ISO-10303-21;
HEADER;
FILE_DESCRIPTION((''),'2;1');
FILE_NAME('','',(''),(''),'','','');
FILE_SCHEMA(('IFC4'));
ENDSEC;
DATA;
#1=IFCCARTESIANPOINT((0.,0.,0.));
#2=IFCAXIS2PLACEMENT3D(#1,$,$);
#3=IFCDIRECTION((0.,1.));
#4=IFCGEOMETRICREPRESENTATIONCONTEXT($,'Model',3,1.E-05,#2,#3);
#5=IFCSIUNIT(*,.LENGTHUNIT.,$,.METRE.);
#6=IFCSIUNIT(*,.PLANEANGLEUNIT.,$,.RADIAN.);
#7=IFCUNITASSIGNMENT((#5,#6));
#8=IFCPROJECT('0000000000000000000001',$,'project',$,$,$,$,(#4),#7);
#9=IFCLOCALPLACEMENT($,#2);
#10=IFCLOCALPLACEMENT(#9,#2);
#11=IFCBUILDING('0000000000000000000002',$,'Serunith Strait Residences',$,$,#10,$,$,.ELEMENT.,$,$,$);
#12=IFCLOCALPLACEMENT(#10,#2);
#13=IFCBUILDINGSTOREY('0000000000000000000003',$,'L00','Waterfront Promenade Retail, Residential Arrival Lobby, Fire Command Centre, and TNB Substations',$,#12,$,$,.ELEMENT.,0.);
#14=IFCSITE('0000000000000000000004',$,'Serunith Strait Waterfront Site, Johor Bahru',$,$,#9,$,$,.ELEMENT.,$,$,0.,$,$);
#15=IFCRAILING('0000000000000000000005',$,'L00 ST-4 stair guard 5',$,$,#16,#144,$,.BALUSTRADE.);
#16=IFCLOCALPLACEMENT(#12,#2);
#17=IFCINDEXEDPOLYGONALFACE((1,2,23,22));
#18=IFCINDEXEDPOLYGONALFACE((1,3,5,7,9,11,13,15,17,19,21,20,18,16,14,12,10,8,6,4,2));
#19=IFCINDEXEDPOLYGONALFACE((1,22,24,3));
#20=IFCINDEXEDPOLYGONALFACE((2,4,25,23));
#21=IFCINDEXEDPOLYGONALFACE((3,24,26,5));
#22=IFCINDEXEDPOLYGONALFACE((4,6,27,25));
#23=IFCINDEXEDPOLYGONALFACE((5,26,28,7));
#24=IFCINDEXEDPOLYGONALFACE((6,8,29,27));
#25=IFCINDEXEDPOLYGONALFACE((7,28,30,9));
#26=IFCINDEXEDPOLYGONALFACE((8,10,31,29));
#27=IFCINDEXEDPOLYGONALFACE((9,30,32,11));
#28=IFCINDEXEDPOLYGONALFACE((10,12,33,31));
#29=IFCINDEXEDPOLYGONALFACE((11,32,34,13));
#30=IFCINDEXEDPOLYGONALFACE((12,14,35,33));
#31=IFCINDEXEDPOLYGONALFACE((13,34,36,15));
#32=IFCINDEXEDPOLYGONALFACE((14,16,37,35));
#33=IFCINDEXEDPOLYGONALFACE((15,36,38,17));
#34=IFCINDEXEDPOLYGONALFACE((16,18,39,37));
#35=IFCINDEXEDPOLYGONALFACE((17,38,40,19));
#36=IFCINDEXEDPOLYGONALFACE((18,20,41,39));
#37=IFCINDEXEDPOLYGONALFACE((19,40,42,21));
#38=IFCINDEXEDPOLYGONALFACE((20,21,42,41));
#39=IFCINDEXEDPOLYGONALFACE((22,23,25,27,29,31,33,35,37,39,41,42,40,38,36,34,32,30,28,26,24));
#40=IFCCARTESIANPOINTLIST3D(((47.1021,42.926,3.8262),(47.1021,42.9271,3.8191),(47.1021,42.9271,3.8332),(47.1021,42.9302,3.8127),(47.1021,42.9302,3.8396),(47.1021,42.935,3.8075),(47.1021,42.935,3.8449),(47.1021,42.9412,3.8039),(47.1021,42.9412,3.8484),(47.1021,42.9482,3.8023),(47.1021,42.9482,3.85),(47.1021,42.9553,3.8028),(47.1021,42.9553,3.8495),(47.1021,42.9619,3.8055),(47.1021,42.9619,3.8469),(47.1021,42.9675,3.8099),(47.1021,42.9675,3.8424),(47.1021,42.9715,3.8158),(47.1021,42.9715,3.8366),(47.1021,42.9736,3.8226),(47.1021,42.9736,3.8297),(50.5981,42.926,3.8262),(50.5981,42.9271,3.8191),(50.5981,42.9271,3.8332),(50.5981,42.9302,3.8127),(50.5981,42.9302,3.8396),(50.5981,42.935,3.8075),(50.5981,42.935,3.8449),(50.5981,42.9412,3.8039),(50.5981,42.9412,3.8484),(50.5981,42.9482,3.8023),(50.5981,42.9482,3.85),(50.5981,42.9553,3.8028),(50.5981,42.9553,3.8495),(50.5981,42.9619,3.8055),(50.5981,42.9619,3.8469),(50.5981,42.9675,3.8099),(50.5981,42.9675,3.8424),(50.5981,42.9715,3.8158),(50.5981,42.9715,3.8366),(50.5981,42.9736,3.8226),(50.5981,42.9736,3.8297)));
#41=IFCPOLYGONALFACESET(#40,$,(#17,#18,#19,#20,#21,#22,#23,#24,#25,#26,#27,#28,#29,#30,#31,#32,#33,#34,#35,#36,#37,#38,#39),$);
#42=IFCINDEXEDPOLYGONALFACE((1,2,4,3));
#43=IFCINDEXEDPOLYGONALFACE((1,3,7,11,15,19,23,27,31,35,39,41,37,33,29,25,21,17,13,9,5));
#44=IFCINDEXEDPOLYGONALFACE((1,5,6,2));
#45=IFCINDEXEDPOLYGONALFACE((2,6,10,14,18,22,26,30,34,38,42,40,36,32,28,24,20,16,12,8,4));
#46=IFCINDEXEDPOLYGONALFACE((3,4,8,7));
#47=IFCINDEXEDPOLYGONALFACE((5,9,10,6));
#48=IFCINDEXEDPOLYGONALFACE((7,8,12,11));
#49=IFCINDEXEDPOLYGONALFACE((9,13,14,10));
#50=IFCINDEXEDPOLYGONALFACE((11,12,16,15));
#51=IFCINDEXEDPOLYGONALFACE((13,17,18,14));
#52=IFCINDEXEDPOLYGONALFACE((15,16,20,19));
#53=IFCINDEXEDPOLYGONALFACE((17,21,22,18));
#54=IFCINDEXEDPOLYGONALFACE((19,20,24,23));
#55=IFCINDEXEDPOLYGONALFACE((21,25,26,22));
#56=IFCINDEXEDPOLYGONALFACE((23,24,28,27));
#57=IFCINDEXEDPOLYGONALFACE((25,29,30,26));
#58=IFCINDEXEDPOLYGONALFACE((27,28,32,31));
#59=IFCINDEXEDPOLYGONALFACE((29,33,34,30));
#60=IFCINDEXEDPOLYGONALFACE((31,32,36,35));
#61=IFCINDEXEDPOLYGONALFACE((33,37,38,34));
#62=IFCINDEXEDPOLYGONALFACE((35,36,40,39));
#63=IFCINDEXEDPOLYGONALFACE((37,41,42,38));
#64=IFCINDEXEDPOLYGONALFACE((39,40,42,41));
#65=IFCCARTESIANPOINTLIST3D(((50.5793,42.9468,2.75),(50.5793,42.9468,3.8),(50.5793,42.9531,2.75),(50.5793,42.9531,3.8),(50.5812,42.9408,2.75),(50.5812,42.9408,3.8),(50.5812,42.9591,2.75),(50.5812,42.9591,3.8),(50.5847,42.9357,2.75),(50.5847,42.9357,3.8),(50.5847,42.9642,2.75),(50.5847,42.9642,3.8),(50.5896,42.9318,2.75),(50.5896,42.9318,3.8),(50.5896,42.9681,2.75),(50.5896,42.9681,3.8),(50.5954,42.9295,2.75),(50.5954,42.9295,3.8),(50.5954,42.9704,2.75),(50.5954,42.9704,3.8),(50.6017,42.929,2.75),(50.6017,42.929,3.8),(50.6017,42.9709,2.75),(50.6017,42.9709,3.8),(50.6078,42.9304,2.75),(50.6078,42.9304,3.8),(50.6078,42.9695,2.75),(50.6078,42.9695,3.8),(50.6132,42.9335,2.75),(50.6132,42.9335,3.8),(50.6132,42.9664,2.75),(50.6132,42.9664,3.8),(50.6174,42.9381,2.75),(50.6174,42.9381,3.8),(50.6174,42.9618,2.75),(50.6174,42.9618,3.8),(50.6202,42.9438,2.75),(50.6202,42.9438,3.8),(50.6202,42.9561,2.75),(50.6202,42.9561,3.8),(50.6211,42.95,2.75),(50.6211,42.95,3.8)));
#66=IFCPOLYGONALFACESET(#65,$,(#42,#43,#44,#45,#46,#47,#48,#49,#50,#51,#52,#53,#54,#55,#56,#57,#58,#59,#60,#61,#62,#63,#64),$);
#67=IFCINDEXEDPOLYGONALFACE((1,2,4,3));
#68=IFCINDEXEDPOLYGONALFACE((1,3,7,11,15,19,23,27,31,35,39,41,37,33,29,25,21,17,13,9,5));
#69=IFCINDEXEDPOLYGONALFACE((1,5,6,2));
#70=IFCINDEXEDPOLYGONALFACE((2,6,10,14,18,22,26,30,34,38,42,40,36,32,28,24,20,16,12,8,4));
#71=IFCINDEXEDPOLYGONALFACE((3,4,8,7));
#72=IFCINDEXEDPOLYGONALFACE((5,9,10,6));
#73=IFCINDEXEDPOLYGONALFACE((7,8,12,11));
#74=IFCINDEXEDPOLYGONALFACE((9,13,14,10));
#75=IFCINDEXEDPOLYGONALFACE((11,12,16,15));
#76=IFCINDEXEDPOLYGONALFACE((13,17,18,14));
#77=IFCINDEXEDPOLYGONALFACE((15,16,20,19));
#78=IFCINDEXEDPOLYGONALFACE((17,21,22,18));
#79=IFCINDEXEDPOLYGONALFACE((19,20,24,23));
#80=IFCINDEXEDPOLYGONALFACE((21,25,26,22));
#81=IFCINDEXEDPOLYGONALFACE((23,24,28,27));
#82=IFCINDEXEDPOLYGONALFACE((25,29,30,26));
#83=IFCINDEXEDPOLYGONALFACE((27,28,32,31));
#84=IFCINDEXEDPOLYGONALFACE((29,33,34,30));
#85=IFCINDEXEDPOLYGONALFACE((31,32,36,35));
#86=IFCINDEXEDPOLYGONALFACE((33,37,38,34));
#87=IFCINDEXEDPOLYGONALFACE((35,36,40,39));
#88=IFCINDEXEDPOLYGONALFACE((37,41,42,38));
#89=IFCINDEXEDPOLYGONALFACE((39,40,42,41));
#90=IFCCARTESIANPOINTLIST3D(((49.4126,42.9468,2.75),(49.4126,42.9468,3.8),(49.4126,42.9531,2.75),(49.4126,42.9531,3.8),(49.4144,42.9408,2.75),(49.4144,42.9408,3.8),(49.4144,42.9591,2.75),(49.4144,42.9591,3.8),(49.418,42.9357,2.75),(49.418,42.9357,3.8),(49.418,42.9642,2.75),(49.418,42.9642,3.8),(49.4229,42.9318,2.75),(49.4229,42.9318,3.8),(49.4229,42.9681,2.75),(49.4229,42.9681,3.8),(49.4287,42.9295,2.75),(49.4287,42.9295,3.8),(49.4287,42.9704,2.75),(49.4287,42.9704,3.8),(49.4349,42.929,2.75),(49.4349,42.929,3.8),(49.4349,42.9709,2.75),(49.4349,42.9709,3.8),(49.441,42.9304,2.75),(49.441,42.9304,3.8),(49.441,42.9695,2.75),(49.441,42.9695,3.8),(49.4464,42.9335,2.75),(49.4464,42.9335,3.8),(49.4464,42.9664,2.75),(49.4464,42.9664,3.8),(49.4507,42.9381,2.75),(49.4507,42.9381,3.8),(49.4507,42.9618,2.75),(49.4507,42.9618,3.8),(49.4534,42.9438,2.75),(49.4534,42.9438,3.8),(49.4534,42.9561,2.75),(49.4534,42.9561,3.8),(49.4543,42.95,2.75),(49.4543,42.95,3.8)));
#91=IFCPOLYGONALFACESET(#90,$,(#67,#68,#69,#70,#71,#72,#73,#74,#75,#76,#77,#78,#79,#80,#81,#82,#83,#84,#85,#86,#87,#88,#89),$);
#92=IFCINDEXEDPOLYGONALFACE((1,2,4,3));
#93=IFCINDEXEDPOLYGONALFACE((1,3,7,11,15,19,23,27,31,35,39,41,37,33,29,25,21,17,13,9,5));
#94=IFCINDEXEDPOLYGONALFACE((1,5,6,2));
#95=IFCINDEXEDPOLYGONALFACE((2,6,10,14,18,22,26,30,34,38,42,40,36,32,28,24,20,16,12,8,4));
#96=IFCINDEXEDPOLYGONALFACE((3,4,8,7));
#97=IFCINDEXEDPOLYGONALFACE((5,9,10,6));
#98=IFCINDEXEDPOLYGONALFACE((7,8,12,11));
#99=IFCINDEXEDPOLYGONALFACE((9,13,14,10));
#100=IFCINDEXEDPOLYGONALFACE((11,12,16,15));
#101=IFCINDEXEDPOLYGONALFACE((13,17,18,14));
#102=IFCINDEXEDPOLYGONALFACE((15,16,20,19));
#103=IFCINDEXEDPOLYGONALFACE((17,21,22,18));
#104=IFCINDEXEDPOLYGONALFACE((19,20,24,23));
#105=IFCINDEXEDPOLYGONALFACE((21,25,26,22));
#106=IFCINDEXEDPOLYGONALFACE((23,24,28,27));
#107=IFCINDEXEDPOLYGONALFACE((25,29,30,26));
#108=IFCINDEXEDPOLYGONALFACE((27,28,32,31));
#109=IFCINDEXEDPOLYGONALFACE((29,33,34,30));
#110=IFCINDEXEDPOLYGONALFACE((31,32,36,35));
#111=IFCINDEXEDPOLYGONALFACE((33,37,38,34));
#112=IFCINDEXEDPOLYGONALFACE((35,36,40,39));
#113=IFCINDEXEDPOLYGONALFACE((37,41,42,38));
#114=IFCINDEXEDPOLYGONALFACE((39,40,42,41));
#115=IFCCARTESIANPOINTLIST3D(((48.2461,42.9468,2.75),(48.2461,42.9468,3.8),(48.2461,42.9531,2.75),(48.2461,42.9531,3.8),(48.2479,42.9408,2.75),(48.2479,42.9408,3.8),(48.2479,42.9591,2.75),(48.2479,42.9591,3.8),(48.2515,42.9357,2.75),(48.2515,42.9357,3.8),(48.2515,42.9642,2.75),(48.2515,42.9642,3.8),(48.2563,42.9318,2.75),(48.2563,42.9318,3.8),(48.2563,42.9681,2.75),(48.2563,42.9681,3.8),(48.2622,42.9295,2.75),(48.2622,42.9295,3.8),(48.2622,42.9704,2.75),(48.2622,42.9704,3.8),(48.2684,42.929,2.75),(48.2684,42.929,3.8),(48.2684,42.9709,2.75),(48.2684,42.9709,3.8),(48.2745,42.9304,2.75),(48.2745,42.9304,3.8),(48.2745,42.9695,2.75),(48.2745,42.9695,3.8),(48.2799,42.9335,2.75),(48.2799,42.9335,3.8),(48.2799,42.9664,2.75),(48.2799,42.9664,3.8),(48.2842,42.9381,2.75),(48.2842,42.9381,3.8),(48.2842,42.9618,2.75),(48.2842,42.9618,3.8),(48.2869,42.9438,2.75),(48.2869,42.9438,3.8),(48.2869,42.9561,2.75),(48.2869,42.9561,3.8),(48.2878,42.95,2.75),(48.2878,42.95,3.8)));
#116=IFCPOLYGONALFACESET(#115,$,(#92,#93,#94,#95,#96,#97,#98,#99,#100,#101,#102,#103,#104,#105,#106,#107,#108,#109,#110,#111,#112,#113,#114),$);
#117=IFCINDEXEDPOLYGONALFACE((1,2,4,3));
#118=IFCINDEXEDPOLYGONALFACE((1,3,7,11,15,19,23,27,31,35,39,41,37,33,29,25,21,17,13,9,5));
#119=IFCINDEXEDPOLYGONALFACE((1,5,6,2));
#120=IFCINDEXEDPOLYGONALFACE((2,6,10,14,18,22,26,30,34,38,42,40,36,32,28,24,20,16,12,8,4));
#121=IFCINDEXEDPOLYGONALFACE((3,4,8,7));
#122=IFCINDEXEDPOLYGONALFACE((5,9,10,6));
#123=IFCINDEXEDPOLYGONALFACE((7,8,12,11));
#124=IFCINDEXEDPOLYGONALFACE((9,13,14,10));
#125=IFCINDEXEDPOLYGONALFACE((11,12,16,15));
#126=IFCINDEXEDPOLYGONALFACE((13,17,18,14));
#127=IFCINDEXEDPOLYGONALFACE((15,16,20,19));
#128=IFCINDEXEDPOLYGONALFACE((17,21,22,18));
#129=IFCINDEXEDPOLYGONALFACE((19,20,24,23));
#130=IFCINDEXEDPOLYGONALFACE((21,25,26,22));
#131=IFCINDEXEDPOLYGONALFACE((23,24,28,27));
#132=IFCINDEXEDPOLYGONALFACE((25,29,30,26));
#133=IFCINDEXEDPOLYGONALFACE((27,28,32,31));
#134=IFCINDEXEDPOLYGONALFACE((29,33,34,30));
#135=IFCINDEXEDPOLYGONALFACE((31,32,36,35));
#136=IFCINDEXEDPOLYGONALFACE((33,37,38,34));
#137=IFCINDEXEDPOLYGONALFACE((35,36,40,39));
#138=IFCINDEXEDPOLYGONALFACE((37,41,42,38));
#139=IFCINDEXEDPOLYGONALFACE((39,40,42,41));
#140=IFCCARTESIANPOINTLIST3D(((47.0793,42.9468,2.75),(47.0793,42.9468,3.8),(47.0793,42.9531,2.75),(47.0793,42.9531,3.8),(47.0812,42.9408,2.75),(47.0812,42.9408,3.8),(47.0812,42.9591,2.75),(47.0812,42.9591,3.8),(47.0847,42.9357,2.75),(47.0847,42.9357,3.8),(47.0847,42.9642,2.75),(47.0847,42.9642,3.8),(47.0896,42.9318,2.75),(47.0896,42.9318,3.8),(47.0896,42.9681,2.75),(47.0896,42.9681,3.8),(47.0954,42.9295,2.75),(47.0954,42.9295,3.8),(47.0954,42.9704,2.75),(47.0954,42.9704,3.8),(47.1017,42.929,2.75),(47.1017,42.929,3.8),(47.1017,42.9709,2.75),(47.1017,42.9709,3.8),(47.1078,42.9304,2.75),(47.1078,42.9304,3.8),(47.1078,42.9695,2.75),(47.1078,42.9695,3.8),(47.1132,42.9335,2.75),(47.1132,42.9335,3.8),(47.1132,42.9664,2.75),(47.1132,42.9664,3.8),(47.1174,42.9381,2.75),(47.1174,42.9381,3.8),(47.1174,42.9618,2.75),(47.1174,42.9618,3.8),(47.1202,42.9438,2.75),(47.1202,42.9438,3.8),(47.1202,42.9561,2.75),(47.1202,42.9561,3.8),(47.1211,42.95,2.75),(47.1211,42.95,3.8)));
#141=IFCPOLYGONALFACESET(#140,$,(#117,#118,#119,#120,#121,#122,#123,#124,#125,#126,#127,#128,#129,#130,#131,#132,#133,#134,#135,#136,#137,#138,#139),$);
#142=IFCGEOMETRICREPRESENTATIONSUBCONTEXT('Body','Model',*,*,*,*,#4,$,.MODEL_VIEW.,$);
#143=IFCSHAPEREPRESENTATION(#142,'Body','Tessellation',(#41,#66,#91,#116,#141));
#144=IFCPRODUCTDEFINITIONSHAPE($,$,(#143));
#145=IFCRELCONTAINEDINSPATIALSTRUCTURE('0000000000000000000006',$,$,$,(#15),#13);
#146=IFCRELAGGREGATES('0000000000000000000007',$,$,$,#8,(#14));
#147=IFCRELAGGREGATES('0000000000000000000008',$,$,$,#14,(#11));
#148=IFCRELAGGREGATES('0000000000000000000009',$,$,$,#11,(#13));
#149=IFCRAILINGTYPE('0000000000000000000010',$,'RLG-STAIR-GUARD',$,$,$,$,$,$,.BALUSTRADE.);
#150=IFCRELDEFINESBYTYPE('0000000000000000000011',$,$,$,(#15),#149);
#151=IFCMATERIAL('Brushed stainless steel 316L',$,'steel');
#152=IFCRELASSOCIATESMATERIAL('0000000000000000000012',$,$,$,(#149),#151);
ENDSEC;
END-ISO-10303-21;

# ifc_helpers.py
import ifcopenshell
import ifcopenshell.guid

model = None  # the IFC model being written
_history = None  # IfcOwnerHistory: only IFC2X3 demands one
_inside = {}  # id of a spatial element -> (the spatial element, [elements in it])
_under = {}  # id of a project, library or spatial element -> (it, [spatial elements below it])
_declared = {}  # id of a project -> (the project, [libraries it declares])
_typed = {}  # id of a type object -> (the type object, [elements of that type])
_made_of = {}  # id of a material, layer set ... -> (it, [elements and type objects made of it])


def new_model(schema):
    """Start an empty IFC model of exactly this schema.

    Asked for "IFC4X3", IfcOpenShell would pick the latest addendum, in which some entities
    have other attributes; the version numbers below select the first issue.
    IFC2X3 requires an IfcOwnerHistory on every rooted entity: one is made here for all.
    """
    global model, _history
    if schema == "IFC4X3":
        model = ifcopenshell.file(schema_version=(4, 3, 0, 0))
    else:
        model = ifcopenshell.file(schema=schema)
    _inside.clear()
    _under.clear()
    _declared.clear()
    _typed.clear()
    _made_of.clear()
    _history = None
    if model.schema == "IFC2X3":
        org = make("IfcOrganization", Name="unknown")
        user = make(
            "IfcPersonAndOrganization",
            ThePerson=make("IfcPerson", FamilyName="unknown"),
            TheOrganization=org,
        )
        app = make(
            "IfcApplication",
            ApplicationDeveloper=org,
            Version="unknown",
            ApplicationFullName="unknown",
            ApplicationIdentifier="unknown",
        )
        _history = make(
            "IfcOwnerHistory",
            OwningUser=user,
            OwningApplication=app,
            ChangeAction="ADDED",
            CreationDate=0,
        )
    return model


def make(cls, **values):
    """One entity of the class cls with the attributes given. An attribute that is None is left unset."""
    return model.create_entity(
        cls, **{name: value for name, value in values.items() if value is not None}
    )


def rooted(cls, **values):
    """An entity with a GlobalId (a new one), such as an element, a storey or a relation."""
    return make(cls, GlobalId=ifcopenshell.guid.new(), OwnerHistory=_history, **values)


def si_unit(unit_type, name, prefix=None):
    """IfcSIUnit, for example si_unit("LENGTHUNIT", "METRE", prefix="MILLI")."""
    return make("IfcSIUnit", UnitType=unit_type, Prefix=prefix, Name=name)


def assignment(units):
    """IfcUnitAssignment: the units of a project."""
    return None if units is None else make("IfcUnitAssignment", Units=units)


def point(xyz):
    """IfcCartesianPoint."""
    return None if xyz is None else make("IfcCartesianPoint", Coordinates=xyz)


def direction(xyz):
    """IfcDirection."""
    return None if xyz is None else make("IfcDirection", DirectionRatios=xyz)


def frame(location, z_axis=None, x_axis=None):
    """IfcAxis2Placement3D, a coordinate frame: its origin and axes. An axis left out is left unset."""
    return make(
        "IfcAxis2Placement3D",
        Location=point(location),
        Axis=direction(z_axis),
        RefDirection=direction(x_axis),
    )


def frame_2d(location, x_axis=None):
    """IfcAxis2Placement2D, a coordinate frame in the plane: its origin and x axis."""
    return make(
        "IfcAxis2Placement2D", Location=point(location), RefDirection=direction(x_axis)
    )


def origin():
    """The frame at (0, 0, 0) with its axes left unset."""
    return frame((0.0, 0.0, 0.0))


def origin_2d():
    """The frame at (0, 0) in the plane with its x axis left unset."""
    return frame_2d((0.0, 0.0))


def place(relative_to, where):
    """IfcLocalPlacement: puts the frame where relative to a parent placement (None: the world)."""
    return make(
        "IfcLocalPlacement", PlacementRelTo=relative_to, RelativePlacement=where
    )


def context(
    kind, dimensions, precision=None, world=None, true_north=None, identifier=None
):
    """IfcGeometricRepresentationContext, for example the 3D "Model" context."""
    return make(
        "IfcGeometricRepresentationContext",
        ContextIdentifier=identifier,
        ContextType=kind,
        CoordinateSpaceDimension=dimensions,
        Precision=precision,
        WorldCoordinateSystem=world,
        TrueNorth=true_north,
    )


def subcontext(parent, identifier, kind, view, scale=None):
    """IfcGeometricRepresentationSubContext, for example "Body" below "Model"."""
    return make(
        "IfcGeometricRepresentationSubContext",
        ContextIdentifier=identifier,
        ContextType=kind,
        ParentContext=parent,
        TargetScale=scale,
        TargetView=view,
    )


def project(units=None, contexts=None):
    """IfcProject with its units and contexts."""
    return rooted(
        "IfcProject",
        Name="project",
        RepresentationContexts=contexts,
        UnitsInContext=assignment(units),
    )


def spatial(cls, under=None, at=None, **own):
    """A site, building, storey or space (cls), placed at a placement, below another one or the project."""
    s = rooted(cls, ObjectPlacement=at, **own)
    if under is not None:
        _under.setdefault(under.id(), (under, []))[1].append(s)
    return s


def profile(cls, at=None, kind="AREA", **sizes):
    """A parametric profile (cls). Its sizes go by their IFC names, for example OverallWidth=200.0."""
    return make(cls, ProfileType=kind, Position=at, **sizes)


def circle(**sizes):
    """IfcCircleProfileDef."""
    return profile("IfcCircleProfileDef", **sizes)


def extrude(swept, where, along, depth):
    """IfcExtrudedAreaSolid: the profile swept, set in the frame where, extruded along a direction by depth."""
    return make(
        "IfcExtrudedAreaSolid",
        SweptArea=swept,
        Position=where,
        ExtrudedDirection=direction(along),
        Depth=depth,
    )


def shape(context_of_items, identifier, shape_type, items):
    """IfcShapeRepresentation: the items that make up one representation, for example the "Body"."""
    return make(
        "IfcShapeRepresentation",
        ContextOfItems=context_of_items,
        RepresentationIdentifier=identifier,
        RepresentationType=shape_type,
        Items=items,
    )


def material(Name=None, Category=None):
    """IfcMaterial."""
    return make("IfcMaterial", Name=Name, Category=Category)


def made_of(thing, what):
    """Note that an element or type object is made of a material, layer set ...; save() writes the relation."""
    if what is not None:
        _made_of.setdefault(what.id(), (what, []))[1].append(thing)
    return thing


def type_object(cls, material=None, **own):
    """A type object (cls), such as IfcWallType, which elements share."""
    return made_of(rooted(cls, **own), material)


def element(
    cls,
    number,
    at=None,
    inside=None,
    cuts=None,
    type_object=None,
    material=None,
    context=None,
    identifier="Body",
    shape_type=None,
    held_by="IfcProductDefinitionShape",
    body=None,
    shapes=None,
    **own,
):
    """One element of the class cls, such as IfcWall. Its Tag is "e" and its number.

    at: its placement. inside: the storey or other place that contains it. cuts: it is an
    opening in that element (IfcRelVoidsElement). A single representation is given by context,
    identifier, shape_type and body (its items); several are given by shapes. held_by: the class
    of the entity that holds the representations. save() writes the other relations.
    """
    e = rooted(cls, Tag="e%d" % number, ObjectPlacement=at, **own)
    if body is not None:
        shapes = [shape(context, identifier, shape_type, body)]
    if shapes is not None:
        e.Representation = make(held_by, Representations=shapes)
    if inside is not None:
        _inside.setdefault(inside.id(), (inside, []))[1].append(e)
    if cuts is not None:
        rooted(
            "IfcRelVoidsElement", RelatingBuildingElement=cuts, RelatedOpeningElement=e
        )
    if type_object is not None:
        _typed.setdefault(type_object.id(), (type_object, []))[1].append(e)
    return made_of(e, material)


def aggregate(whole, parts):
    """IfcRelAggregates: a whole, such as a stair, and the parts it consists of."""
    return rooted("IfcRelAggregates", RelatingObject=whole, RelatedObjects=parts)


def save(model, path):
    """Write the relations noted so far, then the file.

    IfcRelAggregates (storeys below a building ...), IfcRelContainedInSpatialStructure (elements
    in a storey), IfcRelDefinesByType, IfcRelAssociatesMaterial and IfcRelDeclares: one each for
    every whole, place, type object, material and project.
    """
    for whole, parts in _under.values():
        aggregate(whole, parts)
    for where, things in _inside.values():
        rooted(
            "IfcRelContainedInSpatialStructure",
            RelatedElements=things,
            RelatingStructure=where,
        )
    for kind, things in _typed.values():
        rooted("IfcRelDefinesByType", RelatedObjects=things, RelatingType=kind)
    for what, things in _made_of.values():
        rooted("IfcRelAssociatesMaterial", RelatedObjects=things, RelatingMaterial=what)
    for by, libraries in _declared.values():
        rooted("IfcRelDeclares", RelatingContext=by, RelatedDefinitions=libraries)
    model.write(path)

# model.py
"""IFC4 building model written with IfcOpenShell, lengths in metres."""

from ifc_helpers import new_model, si_unit, direction, frame, origin, origin_2d, place, context, subcontext, project, spatial, circle, extrude, material, type_object, element, save


model = new_model("IFC4")

# Units and contexts
model_context = context("Model", 3, precision=1e-05, world=origin(), true_north=direction((0.0, 1.0)))
body_context = subcontext(model_context, "Body", "Model", "MODEL_VIEW")
ifc_project = project(units=[si_unit("LENGTHUNIT", "METRE"), si_unit("PLANEANGLEUNIT", "RADIAN")], contexts=[model_context])

# Site, building, storey
site_placement = place(None, origin())
site = spatial("IfcSite", under=ifc_project, at=site_placement, Name="Serunith Strait Waterfront Site, Johor Bahru", CompositionType="ELEMENT", RefElevation=0.0)
building_placement = place(site_placement, origin())
building = spatial("IfcBuilding", under=site, at=building_placement, Name="Serunith Strait Residences", CompositionType="ELEMENT")
storey_placement = place(building_placement, origin())
storey = spatial("IfcBuildingStorey", under=building, at=storey_placement, Name="L00", Description="Waterfront Promenade Retail, Residential Arrival Lobby, Fire Command Centre, and TNB Substations", CompositionType="ELEMENT", Elevation=0.0)

# Railing
ifc_material_1 = material(Name="Brushed stainless steel 316L", Category="steel")
railing_type_1 = type_object("IfcRailingType", Name="RLG-STAIR-GUARD", PredefinedType="BALUSTRADE", material=ifc_material_1)
railing_1_placement = place(storey_placement, frame((50.6001, 42.95, 2.75)))
element("IfcRailing", 1, at=railing_1_placement, inside=storey, type_object=railing_type_1, Name="L00 ST-4 stair guard 5", PredefinedType="BALUSTRADE", context=body_context, shape_type="SweptSolid", body=[
    extrude(circle(Radius=0.0239, at=origin_2d()), frame((-0.002, 0.0, 1.0762), z_axis=(-1.0, 0.0, 0.0), x_axis=(0.0, -1.0, 0.0)), (0.0, 0.0, 1.0), 3.4961),
    extrude(circle(Radius=0.021, at=origin_2d()), origin(), (0.0, 0.0, 1.0), 1.05),
    extrude(circle(Radius=0.021, at=origin_2d()), frame((-1.1667, 0.0, 0.0)), (0.0, 0.0, 1.0), 1.05),
    extrude(circle(Radius=0.021, at=origin_2d()), frame((-2.3333, 0.0, 0.0)), (0.0, 0.0, 1.0), 1.05),
    extrude(circle(Radius=0.021, at=origin_2d()), frame((-3.5, 0.0, 0.0)), (0.0, 0.0, 1.0), 1.05),
])

save(model, "model.ifc")
